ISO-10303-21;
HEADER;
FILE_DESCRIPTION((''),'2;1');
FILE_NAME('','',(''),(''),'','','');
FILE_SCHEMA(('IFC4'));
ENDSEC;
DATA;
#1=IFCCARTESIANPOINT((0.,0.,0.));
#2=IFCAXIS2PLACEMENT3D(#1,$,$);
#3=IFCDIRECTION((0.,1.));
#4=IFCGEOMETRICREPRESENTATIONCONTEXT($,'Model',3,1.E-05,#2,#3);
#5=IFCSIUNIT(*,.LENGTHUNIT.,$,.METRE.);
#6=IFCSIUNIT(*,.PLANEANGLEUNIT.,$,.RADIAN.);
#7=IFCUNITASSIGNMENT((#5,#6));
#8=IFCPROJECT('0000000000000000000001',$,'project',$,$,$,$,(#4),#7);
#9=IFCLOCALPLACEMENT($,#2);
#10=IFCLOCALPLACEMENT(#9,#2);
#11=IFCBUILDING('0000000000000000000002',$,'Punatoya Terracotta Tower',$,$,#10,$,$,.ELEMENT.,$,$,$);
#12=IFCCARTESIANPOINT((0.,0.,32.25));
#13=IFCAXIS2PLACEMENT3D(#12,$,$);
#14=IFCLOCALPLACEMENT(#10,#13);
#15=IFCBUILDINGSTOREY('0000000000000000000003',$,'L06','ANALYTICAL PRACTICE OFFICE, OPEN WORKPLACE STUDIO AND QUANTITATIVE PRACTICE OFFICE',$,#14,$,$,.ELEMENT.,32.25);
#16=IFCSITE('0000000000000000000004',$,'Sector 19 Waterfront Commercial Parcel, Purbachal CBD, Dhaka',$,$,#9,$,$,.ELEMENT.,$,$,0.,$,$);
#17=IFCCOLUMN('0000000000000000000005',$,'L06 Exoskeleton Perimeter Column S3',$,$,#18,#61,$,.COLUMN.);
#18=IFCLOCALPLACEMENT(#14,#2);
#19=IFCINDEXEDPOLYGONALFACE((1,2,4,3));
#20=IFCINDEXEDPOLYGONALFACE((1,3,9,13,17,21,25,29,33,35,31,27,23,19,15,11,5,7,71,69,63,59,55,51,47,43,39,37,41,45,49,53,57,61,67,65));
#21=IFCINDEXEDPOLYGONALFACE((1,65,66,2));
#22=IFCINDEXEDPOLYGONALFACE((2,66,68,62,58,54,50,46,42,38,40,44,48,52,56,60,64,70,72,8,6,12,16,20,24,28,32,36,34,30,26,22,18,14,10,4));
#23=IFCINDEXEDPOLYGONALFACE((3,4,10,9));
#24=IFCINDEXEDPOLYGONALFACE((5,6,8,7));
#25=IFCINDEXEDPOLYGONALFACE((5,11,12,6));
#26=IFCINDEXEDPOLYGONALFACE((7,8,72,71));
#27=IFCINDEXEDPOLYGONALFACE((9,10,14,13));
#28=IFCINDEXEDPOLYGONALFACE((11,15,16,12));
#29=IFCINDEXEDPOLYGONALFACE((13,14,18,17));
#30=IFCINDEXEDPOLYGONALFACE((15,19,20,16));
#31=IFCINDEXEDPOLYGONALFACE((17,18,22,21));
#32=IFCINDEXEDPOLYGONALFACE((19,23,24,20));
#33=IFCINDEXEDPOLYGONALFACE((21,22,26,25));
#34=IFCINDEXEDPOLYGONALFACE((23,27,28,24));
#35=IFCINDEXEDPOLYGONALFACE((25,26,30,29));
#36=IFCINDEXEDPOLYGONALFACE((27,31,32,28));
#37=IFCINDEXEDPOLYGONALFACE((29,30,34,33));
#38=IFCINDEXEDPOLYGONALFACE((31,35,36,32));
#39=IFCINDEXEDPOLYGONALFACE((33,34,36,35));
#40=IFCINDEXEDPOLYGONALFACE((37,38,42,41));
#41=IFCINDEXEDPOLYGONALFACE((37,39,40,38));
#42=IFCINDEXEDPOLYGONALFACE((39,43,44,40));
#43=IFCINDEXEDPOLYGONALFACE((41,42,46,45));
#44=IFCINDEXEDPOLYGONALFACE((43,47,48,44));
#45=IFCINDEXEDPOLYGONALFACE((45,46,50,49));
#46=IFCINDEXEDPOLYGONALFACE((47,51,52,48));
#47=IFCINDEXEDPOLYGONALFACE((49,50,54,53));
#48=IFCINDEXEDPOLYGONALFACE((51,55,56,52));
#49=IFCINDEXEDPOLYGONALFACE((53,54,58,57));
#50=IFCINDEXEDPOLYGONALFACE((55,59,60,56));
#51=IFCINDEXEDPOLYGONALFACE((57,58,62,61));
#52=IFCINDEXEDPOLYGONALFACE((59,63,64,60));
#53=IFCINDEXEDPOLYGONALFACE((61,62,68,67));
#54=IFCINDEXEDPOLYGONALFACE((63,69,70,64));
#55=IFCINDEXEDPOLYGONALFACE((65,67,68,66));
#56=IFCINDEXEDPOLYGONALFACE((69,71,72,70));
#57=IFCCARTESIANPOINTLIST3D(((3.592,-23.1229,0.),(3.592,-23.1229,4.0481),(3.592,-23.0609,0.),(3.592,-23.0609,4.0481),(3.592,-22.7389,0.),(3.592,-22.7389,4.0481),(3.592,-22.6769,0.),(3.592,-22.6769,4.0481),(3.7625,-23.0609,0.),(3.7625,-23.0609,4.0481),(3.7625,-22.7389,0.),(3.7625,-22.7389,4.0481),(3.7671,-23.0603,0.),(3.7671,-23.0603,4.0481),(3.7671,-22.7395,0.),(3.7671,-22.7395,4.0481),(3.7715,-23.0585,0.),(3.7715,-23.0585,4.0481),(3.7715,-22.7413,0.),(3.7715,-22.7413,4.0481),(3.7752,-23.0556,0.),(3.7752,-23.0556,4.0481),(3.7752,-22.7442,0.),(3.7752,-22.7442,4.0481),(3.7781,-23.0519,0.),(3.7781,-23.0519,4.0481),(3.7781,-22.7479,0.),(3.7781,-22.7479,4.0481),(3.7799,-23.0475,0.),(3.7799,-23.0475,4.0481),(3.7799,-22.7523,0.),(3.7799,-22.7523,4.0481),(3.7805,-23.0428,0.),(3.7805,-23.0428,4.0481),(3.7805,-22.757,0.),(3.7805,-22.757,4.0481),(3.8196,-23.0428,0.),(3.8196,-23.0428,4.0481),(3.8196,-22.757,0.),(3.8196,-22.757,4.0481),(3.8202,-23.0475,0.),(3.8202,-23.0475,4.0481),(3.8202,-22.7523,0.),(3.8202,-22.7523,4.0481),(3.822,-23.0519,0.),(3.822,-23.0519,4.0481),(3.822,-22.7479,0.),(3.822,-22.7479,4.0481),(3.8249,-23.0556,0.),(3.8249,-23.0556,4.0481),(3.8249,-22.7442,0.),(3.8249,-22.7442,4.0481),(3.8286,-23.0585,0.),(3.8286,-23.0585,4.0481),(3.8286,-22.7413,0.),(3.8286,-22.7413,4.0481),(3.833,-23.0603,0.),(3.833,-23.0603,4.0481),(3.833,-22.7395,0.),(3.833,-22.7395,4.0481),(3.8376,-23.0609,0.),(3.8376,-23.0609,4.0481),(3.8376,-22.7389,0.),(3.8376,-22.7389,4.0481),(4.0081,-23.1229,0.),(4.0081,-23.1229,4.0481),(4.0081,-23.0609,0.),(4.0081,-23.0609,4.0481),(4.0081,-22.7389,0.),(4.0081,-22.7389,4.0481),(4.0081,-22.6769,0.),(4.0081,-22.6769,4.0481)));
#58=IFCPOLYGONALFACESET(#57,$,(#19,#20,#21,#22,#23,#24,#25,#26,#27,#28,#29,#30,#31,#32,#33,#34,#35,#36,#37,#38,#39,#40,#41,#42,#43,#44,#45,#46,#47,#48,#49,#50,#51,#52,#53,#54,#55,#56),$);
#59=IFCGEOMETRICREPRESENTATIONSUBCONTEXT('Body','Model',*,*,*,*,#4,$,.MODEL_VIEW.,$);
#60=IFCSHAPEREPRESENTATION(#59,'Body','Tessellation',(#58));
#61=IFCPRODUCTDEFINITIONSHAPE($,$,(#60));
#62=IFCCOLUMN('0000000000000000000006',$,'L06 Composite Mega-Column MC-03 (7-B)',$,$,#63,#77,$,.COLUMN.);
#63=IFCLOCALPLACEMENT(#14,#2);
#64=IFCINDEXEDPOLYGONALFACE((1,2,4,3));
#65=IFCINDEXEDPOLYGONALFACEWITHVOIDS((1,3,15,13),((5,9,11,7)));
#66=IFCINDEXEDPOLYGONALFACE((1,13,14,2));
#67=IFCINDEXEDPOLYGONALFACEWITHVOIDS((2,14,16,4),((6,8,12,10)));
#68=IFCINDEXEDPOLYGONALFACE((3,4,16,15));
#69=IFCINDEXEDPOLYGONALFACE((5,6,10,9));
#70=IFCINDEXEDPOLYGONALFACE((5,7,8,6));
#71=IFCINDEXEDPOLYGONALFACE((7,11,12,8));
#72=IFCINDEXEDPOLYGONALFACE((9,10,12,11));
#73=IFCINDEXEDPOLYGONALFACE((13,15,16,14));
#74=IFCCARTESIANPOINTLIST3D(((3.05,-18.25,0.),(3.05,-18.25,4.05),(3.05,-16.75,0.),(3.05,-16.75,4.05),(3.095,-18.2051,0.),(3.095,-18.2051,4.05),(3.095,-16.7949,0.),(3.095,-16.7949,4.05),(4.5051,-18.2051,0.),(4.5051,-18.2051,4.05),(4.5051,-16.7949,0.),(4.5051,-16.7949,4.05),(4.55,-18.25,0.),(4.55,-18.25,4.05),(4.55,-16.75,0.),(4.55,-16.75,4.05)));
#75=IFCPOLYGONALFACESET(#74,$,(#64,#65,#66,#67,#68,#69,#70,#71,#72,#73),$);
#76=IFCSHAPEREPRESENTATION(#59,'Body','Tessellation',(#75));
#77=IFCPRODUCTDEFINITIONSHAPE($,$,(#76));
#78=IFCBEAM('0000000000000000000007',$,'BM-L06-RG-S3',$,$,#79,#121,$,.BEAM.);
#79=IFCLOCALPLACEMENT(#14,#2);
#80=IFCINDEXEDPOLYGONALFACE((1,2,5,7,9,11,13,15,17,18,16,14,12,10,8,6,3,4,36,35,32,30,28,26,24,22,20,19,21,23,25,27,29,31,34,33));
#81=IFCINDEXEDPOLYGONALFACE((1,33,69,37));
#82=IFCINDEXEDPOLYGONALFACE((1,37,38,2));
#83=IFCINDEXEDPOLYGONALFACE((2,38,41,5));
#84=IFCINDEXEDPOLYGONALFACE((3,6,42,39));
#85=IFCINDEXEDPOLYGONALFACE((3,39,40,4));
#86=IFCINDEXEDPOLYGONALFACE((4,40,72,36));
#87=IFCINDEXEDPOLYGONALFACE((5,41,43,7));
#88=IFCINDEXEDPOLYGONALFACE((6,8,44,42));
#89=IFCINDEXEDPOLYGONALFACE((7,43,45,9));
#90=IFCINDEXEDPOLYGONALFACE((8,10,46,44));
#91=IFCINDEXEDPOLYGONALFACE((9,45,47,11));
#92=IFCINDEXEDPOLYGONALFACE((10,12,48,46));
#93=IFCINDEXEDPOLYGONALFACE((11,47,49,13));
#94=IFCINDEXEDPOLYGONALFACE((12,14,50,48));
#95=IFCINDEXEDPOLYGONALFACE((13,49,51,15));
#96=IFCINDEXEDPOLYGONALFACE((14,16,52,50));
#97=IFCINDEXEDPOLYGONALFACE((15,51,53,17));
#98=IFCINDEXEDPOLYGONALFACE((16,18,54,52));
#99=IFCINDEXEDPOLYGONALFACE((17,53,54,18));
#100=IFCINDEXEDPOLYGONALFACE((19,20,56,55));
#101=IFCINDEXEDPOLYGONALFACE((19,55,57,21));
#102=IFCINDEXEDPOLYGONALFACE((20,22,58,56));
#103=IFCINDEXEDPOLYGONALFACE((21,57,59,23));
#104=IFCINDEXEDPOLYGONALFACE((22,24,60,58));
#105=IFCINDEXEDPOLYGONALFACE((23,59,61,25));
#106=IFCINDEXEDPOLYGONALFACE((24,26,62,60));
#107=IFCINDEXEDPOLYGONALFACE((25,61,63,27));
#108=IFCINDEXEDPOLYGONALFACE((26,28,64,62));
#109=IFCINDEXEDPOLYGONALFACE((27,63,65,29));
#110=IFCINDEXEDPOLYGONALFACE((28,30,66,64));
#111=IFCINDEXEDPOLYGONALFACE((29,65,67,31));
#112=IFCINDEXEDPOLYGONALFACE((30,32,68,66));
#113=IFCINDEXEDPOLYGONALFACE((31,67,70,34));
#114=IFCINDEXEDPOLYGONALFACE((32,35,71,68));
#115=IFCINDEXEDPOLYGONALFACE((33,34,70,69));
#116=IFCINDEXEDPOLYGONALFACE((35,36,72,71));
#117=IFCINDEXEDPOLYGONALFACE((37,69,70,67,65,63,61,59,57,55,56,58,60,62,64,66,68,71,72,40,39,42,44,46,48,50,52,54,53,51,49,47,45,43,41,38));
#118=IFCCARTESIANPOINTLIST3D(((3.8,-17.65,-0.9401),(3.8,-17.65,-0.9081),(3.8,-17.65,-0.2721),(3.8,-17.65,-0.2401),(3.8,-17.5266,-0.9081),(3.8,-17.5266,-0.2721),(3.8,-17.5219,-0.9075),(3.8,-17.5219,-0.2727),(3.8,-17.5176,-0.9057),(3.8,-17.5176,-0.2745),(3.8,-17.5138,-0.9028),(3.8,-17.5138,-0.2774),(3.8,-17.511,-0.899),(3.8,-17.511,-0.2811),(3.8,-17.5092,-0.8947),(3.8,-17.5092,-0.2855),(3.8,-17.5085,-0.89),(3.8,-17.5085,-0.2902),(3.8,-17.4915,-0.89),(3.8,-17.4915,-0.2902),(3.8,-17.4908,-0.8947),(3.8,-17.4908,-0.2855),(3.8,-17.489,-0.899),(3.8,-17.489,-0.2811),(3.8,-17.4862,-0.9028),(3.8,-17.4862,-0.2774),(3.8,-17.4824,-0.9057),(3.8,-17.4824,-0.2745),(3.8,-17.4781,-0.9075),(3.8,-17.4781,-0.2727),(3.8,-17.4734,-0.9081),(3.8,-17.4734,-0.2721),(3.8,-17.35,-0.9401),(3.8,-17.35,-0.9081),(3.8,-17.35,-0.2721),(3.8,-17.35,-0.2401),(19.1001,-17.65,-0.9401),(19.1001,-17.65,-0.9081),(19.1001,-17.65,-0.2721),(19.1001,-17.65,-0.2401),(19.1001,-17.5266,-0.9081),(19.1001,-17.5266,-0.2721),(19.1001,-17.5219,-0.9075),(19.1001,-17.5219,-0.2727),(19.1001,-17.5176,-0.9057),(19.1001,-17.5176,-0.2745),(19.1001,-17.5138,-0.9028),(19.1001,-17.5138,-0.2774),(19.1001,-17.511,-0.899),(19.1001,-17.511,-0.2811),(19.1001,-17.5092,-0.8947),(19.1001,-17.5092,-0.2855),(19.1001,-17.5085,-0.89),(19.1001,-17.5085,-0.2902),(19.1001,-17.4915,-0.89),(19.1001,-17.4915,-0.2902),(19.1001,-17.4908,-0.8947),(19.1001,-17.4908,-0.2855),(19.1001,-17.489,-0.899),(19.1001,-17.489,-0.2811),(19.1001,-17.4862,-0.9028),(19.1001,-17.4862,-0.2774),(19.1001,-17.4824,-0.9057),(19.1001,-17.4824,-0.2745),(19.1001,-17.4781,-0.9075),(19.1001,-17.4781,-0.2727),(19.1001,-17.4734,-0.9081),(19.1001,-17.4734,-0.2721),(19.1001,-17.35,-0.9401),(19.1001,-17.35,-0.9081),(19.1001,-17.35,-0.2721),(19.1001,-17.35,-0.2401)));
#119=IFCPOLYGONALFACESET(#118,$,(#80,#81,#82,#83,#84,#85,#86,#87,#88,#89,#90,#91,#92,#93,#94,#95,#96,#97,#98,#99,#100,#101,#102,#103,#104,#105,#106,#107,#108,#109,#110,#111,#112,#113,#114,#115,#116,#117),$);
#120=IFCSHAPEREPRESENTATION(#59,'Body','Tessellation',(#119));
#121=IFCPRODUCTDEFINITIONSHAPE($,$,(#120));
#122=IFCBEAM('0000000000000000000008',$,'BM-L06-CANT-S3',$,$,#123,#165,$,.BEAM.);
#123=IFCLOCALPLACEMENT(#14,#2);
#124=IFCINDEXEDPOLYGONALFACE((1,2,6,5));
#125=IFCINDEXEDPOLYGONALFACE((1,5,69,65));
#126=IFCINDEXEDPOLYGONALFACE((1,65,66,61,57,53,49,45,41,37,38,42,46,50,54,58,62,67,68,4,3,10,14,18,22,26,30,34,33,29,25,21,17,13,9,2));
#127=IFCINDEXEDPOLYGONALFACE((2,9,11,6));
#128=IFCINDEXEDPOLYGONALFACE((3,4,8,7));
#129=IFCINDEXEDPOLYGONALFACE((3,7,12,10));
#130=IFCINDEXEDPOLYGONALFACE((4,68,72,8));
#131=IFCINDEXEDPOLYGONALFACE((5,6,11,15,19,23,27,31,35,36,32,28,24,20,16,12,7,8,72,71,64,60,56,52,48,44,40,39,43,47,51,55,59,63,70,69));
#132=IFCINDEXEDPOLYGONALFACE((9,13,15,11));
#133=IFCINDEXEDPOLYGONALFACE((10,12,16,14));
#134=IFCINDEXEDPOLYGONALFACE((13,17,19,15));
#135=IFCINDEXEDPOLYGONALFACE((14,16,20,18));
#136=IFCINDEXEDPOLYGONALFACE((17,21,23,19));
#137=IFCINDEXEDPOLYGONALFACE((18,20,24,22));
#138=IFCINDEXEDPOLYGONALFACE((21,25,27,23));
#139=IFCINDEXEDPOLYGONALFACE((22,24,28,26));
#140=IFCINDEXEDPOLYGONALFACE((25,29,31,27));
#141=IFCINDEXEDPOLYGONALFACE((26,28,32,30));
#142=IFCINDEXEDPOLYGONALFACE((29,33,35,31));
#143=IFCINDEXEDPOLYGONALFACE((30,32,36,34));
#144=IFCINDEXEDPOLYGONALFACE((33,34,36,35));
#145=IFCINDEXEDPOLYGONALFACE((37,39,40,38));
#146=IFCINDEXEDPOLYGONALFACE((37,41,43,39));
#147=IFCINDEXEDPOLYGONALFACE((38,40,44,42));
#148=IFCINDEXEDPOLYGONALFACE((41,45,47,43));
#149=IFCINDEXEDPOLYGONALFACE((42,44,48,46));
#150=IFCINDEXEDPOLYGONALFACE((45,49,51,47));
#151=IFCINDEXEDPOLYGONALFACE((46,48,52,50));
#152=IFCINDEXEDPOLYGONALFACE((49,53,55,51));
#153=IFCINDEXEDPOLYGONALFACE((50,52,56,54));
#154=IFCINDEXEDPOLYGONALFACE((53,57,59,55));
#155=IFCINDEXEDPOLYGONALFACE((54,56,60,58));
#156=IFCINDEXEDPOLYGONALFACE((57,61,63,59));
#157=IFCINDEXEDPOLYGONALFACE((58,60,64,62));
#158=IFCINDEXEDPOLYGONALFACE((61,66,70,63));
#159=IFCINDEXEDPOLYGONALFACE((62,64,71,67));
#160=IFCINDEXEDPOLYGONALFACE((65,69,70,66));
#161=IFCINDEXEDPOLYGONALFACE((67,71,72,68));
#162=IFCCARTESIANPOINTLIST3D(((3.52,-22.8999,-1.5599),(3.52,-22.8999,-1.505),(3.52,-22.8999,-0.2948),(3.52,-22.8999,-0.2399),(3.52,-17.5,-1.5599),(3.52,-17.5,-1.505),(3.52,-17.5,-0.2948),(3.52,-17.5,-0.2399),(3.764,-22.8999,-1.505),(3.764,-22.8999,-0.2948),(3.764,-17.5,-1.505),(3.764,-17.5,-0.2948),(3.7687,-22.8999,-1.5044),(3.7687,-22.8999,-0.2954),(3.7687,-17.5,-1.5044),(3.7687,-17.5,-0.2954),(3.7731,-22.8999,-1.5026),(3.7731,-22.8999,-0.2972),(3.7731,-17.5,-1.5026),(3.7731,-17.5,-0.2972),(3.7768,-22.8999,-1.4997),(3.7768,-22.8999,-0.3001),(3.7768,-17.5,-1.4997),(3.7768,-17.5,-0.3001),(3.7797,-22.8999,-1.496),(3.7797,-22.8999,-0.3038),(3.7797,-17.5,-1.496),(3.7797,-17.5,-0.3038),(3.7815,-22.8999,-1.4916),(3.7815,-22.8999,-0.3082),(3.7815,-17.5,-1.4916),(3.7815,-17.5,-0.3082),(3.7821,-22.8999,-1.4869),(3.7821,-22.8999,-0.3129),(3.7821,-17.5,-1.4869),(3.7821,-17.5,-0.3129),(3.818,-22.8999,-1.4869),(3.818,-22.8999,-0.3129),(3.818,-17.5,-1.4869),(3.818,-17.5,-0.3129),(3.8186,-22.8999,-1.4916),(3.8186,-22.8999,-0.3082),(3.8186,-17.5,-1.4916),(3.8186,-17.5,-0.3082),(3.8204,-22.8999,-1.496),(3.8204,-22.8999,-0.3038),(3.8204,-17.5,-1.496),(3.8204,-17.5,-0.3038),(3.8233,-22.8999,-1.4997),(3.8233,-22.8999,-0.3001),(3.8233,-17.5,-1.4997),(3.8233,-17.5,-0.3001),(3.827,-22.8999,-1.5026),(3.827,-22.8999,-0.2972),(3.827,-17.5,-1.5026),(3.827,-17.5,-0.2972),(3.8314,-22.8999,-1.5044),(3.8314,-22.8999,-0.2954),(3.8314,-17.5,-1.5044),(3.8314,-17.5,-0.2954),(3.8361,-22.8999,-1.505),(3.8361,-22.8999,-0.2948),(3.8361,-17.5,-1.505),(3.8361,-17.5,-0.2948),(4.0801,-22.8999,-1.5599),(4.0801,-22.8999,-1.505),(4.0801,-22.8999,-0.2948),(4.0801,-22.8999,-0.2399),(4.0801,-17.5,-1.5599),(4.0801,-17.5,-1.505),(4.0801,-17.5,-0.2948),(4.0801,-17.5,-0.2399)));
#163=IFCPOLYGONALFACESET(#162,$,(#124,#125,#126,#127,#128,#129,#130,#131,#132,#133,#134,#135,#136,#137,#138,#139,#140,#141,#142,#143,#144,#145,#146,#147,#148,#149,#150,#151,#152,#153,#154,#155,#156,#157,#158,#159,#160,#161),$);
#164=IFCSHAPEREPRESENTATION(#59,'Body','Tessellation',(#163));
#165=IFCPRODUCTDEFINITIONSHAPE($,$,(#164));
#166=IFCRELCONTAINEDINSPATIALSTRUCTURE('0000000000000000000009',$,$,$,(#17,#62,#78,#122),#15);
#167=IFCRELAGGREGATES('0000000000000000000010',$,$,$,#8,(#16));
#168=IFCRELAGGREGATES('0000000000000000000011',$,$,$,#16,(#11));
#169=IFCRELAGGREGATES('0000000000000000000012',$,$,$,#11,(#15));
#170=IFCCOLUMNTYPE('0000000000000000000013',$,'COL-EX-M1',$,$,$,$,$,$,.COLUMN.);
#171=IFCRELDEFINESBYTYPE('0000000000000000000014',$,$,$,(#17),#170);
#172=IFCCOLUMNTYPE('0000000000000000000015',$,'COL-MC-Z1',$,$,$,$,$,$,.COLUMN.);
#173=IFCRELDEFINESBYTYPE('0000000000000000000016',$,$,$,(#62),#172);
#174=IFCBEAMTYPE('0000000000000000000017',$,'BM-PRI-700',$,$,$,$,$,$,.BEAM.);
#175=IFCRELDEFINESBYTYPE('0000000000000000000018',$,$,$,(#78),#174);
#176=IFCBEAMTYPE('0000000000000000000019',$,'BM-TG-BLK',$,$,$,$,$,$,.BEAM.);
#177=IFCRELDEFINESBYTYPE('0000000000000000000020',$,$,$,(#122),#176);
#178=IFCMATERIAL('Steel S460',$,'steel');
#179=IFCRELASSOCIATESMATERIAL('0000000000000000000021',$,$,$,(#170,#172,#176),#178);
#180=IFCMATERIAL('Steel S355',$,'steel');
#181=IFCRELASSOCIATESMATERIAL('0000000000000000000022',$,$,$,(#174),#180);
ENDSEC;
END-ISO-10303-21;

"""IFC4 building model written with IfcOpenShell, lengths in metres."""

from ifc_helpers import new_model, si_unit, direction, frame, origin, origin_2d, place, context, subcontext, project, spatial, hollow_rectangle, i_section, extrude, material, material_profile, profile_set, type_object, element, save


model = new_model("IFC4")

# Units and contexts
model_context = context("Model", 3, precision=1e-05, world=origin(), true_north=direction((0.0, 1.0)))
body_context = subcontext(model_context, "Body", "Model", "MODEL_VIEW")
ifc_project = project(units=[si_unit("LENGTHUNIT", "METRE"), si_unit("PLANEANGLEUNIT", "RADIAN")], contexts=[model_context])

# Site, building, storey
site_placement = place(None, origin())
site = spatial("IfcSite", under=ifc_project, at=site_placement, Name="Sector 19 Waterfront Commercial Parcel, Purbachal CBD, Dhaka", CompositionType="ELEMENT", RefElevation=0.0)
building_placement = place(site_placement, origin())
building = spatial("IfcBuilding", under=site, at=building_placement, Name="Punatoya Terracotta Tower", CompositionType="ELEMENT")
storey_placement = place(building_placement, frame((0.0, 0.0, 32.25)))
storey = spatial("IfcBuildingStorey", under=building, at=storey_placement, Name="L06", Description="ANALYTICAL PRACTICE OFFICE, OPEN WORKPLACE STUDIO AND QUANTITATIVE PRACTICE OFFICE", CompositionType="ELEMENT", Elevation=32.25)

# Columns
ifc_material_1 = material(Name="Steel S460", Category="steel")
ifc_material_profile_1 = material_profile(ifc_material_1, i_section(OverallWidth=0.416, OverallDepth=0.446, WebThickness=0.0391, FlangeThickness=0.062, FilletRadius=0.0181, at=origin_2d()))
ifc_profile_set_1 = profile_set([ifc_material_profile_1], Name="Steel S460")
column_type_1 = type_object("IfcColumnType", Name="COL-EX-M1", PredefinedType="COLUMN", material=ifc_profile_set_1)
column_1_placement = place(storey_placement, frame((3.8, -22.8999, 0.0), z_axis=(0.0, 0.0, 1.0), x_axis=(1.0, 0.0, 0.0)))
element("IfcColumn", 1, at=column_1_placement, inside=storey, type_object=column_type_1, Name="L06 Exoskeleton Perimeter Column S3", PredefinedType="COLUMN", context=body_context, shape_type="SweptSolid", body=[
    extrude(i_section(OverallWidth=0.416, OverallDepth=0.446, WebThickness=0.0391, FlangeThickness=0.062, FilletRadius=0.0181, at=origin_2d()), origin(), (0.0, 0.0, 1.0), 4.0481),
])
ifc_material_profile_2 = material_profile(ifc_material_1, hollow_rectangle(XDim=1.5, YDim=1.5, WallThickness=0.0449, at=origin_2d()))
ifc_profile_set_2 = profile_set([ifc_material_profile_2], Name="Steel S460")
column_type_2 = type_object("IfcColumnType", Name="COL-MC-Z1", PredefinedType="COLUMN", material=ifc_profile_set_2)
column_2_placement = place(storey_placement, frame((3.8, -17.5, 0.0), z_axis=(0.0, 0.0, 1.0), x_axis=(1.0, 0.0, 0.0)))
element("IfcColumn", 2, at=column_2_placement, inside=storey, type_object=column_type_2, Name="L06 Composite Mega-Column MC-03 (7-B)", PredefinedType="COLUMN", context=body_context, shape_type="SweptSolid", body=[
    extrude(hollow_rectangle(XDim=1.5, YDim=1.5, WallThickness=0.0449, at=origin_2d()), origin(), (0.0, 0.0, 1.0), 4.05),
])

# Beams
ifc_material_2 = material(Name="Steel S355", Category="steel")
ifc_material_profile_3 = material_profile(ifc_material_2, i_section(OverallWidth=0.3, OverallDepth=0.7, WebThickness=0.0171, FlangeThickness=0.032, FilletRadius=0.0181, at=origin_2d()))
ifc_profile_set_3 = profile_set([ifc_material_profile_3], Name="Steel S355")
beam_type_1 = type_object("IfcBeamType", Name="BM-PRI-700", PredefinedType="BEAM", material=ifc_profile_set_3)
beam_1_placement = place(storey_placement, frame((3.8, -17.5, -0.5901), z_axis=(1.0, 0.0, 0.0), x_axis=(0.0, 1.0, 0.0)))
element("IfcBeam", 3, at=beam_1_placement, inside=storey, type_object=beam_type_1, Name="BM-L06-RG-S3", PredefinedType="BEAM", context=body_context, shape_type="SweptSolid", body=[
    extrude(i_section(OverallWidth=0.3, OverallDepth=0.7, WebThickness=0.0171, FlangeThickness=0.032, FilletRadius=0.0181, at=origin_2d()), origin(), (0.0, 0.0, 1.0), 15.3),
])
ifc_material_profile_4 = material_profile(ifc_material_1, i_section(OverallWidth=0.5601, OverallDepth=1.3201, WebThickness=0.0359, FlangeThickness=0.0549, FilletRadius=0.0181, at=origin_2d()))
ifc_profile_set_4 = profile_set([ifc_material_profile_4], Name="Steel S460")
beam_type_2 = type_object("IfcBeamType", Name="BM-TG-BLK", PredefinedType="BEAM", material=ifc_profile_set_4)
beam_2_placement = place(storey_placement, frame((3.8, -22.8999, -0.8999), z_axis=(0.0, 1.0, 0.0), x_axis=(-1.0, 0.0, 0.0)))
element("IfcBeam", 4, at=beam_2_placement, inside=storey, type_object=beam_type_2, Name="BM-L06-CANT-S3", PredefinedType="BEAM", context=body_context, shape_type="SweptSolid", body=[
    extrude(i_section(OverallWidth=0.5601, OverallDepth=1.3201, WebThickness=0.0359, FlangeThickness=0.0549, FilletRadius=0.0181, at=origin_2d()), origin(), (0.0, 0.0, 1.0), 5.3999),
])

save(model, "model.ifc")
